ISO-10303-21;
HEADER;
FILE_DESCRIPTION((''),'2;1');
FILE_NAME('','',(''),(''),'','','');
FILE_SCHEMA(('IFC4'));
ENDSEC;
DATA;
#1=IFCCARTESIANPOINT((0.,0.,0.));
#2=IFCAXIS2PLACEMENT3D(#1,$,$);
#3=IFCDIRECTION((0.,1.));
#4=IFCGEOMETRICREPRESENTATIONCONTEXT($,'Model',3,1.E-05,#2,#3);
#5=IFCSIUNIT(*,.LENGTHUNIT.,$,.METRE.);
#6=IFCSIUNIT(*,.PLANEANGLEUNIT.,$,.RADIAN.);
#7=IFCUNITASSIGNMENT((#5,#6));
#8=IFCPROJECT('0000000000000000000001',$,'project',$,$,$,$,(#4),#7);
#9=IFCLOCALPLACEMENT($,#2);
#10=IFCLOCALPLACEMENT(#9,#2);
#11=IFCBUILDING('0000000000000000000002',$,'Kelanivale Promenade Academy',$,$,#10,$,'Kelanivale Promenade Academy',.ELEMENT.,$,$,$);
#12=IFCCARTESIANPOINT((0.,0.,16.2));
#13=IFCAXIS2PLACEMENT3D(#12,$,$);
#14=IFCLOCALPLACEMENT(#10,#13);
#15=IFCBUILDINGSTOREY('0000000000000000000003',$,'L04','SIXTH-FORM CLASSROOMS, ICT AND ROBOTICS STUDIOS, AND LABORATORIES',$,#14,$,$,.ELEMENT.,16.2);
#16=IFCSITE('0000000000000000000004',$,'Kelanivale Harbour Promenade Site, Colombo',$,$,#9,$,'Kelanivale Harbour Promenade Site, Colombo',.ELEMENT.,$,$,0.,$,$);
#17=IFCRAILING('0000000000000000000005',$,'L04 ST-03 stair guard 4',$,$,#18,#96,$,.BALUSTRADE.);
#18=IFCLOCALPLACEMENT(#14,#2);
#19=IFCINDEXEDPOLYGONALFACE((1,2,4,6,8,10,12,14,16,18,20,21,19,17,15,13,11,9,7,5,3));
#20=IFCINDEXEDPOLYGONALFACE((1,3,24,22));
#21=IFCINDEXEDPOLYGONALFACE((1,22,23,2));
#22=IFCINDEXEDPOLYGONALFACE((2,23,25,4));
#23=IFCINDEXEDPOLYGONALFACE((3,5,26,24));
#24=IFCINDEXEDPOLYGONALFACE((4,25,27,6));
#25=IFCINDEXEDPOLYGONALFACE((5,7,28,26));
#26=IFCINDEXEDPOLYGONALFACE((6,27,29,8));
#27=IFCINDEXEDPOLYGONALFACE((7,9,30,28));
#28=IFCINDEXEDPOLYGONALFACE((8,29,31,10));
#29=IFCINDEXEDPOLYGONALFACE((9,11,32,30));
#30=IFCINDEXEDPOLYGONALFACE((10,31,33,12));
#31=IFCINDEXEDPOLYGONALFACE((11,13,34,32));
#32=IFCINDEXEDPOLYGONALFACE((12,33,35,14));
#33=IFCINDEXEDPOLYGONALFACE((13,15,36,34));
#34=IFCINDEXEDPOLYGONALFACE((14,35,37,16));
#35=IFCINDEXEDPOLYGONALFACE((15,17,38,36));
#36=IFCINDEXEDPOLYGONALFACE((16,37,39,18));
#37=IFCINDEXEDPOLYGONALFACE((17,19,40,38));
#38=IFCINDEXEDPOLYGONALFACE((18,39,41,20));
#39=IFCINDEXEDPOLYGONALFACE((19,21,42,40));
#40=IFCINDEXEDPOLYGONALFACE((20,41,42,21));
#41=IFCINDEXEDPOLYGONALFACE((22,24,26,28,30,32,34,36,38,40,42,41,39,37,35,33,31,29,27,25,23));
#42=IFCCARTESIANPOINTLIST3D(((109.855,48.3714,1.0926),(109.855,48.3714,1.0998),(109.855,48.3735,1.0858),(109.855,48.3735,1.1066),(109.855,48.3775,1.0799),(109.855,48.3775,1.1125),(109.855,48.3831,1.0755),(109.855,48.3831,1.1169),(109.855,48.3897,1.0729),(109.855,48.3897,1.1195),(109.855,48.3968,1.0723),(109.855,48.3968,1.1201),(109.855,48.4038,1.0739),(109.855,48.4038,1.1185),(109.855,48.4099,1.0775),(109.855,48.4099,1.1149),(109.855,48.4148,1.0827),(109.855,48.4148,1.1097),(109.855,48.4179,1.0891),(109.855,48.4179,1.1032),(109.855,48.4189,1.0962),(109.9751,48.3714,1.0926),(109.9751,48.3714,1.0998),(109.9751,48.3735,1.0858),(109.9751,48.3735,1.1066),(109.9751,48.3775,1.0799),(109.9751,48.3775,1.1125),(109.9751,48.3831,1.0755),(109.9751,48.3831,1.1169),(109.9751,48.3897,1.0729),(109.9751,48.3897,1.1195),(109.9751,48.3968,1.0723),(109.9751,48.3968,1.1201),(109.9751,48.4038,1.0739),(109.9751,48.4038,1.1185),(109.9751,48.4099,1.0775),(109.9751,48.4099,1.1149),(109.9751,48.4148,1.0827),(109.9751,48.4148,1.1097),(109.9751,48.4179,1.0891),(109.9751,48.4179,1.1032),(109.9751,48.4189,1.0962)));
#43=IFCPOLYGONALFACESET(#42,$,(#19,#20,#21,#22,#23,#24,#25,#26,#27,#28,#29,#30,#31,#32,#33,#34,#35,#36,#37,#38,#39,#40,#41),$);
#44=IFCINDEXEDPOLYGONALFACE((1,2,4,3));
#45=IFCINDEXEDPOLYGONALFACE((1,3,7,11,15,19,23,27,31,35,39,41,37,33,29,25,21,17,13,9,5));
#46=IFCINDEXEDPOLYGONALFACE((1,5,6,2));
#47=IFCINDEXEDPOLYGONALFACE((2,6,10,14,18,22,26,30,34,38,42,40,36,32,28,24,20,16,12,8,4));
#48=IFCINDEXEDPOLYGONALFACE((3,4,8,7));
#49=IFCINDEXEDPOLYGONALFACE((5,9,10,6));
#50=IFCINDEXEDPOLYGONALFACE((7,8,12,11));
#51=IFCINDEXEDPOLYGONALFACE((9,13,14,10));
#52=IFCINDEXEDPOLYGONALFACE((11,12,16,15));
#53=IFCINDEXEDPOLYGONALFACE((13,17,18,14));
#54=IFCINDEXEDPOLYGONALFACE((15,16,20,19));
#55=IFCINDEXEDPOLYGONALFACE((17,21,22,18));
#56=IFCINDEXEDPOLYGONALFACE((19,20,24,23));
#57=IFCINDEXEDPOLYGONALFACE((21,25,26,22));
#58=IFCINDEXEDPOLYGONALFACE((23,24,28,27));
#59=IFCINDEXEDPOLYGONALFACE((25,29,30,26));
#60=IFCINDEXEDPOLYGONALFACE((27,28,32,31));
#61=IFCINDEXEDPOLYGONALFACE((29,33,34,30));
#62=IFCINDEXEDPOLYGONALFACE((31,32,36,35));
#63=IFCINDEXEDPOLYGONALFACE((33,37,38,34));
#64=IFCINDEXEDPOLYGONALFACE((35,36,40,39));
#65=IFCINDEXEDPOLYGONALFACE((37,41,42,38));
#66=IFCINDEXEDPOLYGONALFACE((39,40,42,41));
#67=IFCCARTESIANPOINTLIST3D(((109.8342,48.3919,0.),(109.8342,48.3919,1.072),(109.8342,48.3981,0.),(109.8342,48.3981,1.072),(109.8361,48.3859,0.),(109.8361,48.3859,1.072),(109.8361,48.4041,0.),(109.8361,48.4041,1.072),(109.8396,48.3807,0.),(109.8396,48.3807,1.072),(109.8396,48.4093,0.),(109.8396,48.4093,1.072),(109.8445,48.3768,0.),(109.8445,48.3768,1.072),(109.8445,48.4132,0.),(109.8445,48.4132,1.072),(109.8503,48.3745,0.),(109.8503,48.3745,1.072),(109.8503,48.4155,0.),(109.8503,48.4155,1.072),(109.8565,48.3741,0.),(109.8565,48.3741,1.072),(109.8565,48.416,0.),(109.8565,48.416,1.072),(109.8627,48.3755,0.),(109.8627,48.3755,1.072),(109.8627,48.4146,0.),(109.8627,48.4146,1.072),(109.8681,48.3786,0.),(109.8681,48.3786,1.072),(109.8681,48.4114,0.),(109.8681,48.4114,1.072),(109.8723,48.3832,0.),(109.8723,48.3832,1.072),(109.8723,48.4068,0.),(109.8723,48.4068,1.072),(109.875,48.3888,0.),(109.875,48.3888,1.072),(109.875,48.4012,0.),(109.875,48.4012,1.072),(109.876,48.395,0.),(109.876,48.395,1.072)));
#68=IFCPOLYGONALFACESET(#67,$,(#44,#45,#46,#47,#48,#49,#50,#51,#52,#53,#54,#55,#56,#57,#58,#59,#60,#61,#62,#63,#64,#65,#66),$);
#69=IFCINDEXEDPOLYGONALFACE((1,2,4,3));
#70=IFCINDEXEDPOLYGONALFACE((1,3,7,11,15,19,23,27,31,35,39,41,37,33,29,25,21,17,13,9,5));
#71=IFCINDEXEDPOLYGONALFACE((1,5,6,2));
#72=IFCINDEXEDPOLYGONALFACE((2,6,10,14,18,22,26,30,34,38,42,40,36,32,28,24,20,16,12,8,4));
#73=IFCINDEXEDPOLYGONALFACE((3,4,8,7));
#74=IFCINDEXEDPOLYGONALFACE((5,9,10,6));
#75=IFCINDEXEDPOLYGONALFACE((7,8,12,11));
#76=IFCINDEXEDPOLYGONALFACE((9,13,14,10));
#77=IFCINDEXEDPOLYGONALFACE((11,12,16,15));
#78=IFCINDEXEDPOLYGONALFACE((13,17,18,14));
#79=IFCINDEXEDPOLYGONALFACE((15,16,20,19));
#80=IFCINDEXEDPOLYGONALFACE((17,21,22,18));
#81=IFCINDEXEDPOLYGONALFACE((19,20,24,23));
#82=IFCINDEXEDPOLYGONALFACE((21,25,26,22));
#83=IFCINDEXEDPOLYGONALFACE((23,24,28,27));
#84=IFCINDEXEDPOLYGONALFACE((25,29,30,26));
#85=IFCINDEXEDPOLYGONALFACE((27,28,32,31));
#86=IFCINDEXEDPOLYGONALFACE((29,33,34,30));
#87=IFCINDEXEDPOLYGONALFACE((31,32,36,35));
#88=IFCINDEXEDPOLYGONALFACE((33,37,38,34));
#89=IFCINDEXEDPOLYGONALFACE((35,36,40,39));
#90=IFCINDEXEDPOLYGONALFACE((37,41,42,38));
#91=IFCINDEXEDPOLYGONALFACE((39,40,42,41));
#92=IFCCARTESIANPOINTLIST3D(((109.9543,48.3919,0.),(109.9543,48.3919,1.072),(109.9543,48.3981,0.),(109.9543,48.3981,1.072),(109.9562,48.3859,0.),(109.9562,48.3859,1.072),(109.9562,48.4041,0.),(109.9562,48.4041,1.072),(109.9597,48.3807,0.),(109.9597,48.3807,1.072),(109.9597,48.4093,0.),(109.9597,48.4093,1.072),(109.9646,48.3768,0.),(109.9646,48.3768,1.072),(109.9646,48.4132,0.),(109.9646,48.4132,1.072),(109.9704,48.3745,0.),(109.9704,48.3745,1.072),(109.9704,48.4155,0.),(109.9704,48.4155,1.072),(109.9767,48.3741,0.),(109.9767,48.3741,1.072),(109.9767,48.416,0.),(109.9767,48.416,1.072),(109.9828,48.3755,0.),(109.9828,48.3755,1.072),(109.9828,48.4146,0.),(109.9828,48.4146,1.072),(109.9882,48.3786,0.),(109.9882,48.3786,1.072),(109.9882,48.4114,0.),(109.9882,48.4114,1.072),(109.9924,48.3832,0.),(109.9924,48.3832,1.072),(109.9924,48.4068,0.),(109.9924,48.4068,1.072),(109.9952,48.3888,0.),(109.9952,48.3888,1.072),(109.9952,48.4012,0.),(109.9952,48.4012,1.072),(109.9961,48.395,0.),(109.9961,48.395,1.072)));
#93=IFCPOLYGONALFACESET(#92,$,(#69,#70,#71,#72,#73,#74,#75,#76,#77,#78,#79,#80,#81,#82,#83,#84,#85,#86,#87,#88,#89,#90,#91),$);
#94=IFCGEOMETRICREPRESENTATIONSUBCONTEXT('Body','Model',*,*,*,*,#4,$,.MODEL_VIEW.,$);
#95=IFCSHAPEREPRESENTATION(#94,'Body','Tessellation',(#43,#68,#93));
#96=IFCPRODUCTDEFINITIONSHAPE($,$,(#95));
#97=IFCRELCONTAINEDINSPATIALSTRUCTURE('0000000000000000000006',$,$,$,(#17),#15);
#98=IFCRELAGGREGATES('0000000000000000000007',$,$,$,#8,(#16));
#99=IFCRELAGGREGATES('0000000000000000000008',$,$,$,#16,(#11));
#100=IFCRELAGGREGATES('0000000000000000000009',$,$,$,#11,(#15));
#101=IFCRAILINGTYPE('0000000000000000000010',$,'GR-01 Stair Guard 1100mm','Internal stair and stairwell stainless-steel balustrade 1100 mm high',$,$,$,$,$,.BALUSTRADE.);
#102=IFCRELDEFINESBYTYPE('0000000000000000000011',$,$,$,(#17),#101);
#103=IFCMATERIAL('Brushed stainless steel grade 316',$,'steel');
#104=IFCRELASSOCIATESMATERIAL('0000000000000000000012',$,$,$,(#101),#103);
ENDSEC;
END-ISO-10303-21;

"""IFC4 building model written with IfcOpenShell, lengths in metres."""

from ifc_helpers import new_model, si_unit, direction, frame, origin, origin_2d, place, context, subcontext, project, spatial, circle, extrude, material, type_object, element, save


model = new_model("IFC4")

# Units and contexts
model_context = context("Model", 3, precision=1e-05, world=origin(), true_north=direction((0.0, 1.0)))
body_context = subcontext(model_context, "Body", "Model", "MODEL_VIEW")
ifc_project = project(units=[si_unit("LENGTHUNIT", "METRE"), si_unit("PLANEANGLEUNIT", "RADIAN")], contexts=[model_context])

# Site, building, storey
site_placement = place(None, origin())
site = spatial("IfcSite", under=ifc_project, at=site_placement, Name="Kelanivale Harbour Promenade Site, Colombo", LongName="Kelanivale Harbour Promenade Site, Colombo", CompositionType="ELEMENT", RefElevation=0.0)
building_placement = place(site_placement, origin())
building = spatial("IfcBuilding", under=site, at=building_placement, Name="Kelanivale Promenade Academy", LongName="Kelanivale Promenade Academy", CompositionType="ELEMENT")
storey_placement = place(building_placement, frame((0.0, 0.0, 16.2)))
storey = spatial("IfcBuildingStorey", under=building, at=storey_placement, Name="L04", Description="SIXTH-FORM CLASSROOMS, ICT AND ROBOTICS STUDIOS, AND LABORATORIES", CompositionType="ELEMENT", Elevation=16.2)

# Railing
ifc_material_1 = material(Name="Brushed stainless steel grade 316", Category="steel")
railing_type_1 = type_object("IfcRailingType", Name="GR-01 Stair Guard 1100mm", Description="Internal stair and stairwell stainless-steel balustrade 1100 mm high", PredefinedType="BALUSTRADE", material=ifc_material_1)
railing_1_placement = place(storey_placement, frame((109.855, 48.395, 0.0)))
element("IfcRailing", 1, at=railing_1_placement, inside=storey, type_object=railing_type_1, Name="L04 ST-03 stair guard 4", PredefinedType="BALUSTRADE", context=body_context, shape_type="SweptSolid", body=[
    extrude(circle(Radius=0.0239, at=origin_2d()), frame((0.0, 0.0, 1.0962), z_axis=(1.0, 0.0, 0.0), x_axis=(0.0, 1.0, 0.0)), (0.0, 0.0, 1.0), 0.1201),
    extrude(circle(Radius=0.021, at=origin_2d()), origin(), (0.0, 0.0, 1.0), 1.072),
    extrude(circle(Radius=0.021, at=origin_2d()), frame((0.1201, 0.0, 0.0)), (0.0, 0.0, 1.0), 1.072),
])

save(model, "model.ifc")
